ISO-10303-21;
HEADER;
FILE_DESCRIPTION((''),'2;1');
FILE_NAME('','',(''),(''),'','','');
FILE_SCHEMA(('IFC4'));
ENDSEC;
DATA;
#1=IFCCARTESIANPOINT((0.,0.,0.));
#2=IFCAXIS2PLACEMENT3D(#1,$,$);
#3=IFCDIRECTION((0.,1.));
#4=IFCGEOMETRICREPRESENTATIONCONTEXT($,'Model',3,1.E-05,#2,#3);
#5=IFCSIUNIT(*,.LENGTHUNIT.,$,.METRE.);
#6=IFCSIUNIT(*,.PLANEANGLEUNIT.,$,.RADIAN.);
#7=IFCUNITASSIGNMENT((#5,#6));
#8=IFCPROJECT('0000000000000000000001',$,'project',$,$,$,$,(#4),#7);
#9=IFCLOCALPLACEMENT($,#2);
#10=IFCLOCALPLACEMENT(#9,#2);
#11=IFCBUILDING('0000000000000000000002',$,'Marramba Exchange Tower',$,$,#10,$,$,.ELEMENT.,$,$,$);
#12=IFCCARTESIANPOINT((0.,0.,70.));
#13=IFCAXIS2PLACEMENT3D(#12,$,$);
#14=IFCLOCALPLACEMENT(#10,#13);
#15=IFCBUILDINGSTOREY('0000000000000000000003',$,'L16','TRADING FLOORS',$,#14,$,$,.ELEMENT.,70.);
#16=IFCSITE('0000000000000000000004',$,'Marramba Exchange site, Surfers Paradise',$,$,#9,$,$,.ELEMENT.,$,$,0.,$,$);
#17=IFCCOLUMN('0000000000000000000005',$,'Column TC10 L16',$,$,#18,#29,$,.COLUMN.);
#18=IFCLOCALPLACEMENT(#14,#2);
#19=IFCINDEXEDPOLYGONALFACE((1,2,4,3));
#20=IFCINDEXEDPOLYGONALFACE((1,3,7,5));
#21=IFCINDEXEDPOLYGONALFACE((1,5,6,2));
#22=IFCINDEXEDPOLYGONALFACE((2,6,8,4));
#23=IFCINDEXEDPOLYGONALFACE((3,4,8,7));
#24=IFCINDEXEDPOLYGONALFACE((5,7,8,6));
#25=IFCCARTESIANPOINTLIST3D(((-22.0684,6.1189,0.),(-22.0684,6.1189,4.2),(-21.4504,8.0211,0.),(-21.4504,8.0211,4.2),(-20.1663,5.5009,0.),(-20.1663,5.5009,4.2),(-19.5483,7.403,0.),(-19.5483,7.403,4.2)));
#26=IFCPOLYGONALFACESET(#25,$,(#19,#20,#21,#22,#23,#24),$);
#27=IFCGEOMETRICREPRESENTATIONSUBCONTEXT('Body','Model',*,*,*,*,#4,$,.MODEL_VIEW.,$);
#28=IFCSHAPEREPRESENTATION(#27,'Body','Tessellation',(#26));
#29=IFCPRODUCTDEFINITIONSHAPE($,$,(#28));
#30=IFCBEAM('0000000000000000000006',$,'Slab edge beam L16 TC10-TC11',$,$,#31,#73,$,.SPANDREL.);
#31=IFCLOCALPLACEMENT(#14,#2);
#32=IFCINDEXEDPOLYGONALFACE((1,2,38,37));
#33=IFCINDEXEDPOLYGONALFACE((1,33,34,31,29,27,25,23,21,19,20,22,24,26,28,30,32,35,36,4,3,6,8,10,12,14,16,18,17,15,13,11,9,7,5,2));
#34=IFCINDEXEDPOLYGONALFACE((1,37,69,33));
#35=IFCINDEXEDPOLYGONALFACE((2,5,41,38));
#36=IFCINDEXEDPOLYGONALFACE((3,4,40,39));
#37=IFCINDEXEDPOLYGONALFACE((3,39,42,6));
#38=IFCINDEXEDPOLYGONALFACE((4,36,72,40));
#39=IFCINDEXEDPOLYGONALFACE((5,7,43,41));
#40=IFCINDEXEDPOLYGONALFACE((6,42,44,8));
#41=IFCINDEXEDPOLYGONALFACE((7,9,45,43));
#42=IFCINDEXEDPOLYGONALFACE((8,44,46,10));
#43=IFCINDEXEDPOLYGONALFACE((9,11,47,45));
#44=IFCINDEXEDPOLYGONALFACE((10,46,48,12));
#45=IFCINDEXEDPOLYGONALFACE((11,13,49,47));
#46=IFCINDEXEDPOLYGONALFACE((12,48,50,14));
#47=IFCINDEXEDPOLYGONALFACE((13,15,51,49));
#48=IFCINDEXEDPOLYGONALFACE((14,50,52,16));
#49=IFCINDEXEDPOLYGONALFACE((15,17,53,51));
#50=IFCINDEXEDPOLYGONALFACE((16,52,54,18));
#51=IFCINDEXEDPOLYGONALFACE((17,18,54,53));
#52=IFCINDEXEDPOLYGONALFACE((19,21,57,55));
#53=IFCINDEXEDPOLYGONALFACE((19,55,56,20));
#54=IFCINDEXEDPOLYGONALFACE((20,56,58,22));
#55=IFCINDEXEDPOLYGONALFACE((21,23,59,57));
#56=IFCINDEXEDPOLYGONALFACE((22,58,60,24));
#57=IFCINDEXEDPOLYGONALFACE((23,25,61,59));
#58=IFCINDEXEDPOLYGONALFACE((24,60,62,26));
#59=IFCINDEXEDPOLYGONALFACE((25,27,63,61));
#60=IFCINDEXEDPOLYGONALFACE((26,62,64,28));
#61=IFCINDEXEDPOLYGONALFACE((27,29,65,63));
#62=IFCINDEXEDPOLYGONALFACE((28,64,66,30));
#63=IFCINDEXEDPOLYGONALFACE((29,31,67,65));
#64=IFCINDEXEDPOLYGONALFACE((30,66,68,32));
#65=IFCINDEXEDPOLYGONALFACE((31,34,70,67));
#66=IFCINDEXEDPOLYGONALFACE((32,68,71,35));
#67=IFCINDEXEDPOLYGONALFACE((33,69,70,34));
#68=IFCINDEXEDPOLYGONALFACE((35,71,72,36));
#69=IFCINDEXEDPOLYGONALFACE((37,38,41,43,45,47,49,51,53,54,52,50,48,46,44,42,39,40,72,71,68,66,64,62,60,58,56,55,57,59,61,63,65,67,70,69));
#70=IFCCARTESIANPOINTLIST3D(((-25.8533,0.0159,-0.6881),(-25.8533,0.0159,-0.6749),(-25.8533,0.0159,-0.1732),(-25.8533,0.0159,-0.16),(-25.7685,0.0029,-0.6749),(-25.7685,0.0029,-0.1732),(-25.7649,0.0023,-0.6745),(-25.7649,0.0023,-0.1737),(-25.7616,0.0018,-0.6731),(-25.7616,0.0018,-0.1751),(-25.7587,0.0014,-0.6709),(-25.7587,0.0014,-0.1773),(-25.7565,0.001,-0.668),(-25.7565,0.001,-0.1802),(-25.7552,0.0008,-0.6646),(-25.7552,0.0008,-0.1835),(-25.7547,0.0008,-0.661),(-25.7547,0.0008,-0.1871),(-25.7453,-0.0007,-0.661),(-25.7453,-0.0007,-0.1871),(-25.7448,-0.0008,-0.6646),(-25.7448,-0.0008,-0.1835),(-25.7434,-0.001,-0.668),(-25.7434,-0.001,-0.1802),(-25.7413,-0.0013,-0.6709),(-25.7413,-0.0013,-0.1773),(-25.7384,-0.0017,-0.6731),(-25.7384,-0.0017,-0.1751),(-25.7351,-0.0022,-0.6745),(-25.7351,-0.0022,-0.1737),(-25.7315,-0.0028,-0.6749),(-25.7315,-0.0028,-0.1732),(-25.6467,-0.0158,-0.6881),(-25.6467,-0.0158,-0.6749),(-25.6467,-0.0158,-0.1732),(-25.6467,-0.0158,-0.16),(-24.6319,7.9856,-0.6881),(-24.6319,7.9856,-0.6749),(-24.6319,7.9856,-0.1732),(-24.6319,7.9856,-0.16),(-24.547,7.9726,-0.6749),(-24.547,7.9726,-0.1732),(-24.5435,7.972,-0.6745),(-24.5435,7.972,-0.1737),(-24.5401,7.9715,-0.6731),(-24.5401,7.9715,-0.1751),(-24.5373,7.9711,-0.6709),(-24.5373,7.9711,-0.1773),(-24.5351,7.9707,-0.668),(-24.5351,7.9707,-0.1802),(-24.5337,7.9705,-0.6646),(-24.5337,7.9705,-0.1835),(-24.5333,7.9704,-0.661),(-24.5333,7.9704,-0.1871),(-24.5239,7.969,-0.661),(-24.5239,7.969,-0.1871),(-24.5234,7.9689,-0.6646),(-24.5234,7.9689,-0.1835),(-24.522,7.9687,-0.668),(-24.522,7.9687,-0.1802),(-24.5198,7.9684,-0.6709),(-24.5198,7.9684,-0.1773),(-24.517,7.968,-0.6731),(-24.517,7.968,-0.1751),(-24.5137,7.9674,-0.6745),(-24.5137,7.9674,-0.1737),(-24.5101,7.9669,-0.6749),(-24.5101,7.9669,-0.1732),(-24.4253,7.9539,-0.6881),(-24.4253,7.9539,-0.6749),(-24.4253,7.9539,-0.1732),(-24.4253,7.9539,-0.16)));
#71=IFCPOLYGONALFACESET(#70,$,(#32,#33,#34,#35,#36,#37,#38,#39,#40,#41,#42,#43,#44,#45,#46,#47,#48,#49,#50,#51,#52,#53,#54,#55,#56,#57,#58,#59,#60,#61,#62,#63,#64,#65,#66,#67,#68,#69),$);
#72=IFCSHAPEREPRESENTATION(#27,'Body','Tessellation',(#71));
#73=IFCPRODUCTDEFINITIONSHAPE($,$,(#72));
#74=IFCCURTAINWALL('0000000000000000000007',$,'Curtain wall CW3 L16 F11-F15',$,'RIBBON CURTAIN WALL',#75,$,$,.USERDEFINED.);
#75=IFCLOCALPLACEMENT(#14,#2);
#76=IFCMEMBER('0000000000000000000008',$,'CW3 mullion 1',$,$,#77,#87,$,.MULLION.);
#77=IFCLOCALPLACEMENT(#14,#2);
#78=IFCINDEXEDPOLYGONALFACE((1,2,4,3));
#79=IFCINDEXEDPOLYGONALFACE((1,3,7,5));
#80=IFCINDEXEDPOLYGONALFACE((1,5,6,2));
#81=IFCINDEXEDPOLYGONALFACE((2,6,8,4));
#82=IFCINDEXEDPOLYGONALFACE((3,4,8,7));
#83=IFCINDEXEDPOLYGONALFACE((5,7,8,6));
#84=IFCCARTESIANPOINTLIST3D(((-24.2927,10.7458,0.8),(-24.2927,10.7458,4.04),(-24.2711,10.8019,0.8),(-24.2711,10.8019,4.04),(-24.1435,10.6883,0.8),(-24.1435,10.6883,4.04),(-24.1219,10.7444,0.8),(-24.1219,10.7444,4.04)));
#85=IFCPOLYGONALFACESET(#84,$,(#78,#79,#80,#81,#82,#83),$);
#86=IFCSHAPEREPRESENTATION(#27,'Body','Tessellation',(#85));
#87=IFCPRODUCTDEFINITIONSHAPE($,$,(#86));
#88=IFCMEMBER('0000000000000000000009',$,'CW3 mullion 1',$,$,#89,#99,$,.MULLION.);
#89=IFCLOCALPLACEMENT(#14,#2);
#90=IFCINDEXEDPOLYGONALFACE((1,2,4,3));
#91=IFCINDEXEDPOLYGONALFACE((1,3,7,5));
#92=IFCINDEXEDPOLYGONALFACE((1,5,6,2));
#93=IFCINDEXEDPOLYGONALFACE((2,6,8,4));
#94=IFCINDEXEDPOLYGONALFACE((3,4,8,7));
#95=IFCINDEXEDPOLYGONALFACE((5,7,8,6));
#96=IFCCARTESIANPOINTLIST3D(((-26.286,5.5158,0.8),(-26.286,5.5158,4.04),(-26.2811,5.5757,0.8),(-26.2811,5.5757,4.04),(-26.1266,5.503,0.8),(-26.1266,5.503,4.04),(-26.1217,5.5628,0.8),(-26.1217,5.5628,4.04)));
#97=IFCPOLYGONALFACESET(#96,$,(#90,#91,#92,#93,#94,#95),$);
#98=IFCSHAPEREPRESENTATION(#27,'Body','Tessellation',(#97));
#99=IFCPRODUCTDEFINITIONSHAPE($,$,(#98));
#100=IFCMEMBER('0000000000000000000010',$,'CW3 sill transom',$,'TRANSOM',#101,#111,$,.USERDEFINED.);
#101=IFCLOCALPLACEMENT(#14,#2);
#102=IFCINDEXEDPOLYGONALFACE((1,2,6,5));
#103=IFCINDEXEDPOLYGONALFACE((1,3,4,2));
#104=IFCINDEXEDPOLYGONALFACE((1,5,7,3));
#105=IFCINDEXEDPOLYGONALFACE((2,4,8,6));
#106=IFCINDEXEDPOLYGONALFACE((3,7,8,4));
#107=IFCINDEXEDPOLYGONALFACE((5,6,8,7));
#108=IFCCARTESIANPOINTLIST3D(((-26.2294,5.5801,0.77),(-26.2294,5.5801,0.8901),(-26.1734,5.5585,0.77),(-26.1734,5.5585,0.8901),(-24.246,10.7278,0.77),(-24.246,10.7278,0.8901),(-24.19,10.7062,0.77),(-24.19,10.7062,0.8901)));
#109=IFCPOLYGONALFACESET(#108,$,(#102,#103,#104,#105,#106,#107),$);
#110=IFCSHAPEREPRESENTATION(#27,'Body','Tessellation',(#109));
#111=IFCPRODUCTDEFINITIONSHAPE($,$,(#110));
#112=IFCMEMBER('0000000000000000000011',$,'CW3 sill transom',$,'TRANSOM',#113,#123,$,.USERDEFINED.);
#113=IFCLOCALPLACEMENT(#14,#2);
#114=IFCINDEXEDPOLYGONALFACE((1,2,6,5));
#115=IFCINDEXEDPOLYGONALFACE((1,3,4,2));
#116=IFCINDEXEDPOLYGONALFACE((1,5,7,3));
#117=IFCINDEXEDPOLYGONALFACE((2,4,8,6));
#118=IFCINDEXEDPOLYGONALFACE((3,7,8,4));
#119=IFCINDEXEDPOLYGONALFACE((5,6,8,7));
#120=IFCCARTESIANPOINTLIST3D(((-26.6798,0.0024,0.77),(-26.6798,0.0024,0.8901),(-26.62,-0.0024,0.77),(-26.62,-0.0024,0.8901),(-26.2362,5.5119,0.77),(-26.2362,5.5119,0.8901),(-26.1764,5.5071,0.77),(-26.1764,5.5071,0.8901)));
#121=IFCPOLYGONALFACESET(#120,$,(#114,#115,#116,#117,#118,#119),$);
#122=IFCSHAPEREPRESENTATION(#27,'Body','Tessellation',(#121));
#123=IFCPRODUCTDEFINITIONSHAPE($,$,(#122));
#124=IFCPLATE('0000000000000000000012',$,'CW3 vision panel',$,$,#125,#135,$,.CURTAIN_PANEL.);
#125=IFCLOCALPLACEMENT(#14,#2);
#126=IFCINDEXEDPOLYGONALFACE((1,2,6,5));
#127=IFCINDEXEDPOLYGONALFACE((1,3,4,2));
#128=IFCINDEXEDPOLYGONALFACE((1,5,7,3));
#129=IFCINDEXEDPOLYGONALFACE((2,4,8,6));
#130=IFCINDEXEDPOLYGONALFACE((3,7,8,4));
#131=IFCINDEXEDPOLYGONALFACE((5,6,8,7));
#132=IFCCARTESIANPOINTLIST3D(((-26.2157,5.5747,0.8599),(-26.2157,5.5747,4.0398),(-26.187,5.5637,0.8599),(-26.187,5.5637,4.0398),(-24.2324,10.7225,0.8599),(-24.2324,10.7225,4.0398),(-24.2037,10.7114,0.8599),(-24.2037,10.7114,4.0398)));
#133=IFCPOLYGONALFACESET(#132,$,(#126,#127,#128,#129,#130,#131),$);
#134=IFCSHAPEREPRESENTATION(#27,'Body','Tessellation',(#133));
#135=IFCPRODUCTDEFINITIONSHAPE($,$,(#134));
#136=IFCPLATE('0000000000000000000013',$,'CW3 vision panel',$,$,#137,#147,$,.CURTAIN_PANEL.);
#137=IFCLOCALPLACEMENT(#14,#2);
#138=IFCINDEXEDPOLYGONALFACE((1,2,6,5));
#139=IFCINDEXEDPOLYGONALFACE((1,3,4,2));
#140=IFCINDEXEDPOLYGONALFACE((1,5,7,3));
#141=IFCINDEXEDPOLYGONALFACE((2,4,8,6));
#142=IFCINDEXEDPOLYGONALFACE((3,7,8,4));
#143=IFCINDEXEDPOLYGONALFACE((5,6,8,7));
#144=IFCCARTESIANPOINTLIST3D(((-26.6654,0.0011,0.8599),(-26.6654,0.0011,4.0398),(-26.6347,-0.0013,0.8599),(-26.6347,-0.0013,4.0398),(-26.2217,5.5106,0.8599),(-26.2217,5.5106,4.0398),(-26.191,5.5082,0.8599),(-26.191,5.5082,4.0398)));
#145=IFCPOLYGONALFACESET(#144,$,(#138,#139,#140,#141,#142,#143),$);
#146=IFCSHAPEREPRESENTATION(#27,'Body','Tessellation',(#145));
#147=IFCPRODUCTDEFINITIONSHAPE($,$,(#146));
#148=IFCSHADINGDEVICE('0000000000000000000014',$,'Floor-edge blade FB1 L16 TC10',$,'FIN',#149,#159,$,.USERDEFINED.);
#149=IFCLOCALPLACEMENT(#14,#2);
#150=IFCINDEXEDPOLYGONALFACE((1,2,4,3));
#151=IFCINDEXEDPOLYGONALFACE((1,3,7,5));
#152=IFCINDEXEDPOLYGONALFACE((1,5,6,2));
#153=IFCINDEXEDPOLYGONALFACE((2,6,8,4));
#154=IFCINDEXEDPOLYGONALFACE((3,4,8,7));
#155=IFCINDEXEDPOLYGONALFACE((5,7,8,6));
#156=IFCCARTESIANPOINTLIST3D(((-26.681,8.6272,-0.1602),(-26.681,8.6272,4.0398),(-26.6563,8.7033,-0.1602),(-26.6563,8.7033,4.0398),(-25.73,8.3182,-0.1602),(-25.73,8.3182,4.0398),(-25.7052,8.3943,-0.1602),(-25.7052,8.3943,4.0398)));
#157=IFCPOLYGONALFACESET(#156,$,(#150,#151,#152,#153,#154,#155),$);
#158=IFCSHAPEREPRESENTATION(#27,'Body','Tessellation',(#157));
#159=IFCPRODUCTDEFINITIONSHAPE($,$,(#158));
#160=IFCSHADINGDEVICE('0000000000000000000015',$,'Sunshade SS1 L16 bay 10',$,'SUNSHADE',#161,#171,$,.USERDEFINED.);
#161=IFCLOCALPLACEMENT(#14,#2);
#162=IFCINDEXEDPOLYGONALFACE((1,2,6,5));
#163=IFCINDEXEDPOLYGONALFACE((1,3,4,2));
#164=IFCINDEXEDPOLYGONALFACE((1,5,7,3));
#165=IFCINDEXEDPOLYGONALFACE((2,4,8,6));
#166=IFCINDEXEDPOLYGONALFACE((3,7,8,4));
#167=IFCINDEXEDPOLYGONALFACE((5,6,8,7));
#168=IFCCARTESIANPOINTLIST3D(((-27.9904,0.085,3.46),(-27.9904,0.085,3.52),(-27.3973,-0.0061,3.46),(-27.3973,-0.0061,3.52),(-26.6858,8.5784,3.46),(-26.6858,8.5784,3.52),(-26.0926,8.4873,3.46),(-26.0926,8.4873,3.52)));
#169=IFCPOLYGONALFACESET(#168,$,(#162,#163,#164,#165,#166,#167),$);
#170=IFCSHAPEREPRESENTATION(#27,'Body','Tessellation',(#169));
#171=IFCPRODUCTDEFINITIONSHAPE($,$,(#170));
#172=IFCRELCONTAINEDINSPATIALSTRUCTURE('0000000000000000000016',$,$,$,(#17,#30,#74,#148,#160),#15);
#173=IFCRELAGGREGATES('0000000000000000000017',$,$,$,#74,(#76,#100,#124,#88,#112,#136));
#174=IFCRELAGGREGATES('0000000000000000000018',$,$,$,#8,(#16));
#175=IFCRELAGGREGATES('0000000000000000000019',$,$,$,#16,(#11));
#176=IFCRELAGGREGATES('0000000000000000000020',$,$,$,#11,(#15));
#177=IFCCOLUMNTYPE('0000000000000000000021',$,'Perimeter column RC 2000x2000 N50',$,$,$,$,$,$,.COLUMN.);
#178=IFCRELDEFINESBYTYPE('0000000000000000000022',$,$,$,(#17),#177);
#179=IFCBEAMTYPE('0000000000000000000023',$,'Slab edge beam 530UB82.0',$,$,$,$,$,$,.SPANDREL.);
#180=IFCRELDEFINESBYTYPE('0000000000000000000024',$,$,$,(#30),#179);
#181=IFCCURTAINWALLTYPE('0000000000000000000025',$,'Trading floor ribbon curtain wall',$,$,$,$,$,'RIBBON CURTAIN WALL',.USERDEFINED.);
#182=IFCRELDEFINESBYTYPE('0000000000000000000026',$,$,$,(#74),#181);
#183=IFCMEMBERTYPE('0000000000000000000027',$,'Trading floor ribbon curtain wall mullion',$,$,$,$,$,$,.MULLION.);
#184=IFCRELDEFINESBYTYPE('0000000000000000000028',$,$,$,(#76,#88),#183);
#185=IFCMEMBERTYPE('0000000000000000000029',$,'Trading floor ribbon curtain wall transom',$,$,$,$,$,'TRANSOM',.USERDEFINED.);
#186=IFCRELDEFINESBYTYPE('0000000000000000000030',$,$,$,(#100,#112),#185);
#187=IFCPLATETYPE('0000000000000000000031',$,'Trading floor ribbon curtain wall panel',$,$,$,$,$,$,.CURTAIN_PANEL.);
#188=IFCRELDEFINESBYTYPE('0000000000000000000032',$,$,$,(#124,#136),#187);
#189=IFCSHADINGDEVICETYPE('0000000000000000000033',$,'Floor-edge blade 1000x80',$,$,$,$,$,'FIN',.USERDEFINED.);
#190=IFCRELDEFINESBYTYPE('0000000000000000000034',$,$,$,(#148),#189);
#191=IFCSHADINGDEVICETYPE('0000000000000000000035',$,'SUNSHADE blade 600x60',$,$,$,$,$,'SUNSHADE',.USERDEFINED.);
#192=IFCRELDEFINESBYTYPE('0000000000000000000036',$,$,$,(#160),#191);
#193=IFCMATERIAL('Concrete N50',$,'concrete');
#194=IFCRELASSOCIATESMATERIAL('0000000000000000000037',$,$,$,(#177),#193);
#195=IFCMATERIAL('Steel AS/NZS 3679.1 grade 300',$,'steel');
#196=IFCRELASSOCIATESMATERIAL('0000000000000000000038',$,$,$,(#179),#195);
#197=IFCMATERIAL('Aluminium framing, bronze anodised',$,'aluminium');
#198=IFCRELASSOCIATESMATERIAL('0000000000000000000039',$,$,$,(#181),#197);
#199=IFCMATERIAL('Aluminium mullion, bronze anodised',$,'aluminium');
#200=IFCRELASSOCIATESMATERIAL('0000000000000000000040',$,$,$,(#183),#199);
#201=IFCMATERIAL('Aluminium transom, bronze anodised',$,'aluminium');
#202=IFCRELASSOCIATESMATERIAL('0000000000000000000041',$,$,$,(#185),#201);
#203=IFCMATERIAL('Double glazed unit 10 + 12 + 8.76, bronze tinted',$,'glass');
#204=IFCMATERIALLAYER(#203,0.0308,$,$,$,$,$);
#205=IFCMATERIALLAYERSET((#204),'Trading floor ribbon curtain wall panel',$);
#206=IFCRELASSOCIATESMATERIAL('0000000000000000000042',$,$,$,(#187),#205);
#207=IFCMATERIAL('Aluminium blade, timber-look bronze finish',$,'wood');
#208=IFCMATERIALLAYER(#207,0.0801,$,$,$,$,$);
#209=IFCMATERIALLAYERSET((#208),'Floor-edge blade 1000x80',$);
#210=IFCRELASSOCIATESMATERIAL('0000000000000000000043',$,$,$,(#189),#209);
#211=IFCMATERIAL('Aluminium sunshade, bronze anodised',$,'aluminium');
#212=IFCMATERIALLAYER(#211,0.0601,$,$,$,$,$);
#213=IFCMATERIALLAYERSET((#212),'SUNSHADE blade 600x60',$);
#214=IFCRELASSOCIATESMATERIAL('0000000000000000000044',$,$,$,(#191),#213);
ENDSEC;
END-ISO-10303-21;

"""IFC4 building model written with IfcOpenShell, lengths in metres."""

from ifc_helpers import new_model, si_unit, direction, frame, origin, origin_2d, place, context, subcontext, project, spatial, rectangle, i_section, extrude, material, layer, layer_set, material_profile, profile_set, type_object, element, aggregate, save


model = new_model("IFC4")

# Units and contexts
model_context = context("Model", 3, precision=1e-05, world=origin(), true_north=direction((0.0, 1.0)))
body_context = subcontext(model_context, "Body", "Model", "MODEL_VIEW")
ifc_project = project(units=[si_unit("LENGTHUNIT", "METRE"), si_unit("PLANEANGLEUNIT", "RADIAN")], contexts=[model_context])

# Site, building, storey
site_placement = place(None, origin())
site = spatial("IfcSite", under=ifc_project, at=site_placement, Name="Marramba Exchange site, Surfers Paradise", CompositionType="ELEMENT", RefElevation=0.0)
building_placement = place(site_placement, origin())
building = spatial("IfcBuilding", under=site, at=building_placement, Name="Marramba Exchange Tower", CompositionType="ELEMENT")
storey_placement = place(building_placement, frame((0.0, 0.0, 70.0)))
storey = spatial("IfcBuildingStorey", under=building, at=storey_placement, Name="L16", Description="TRADING FLOORS", CompositionType="ELEMENT", Elevation=70.0)

# Column
ifc_material_1 = material(Name="Concrete N50", Category="concrete")
ifc_material_profile_1 = material_profile(ifc_material_1, rectangle(XDim=2.0, YDim=2.0, at=origin_2d()), Name="RC 2000x2000")
ifc_profile_set_1 = profile_set([ifc_material_profile_1], Name="Concrete N50")
column_type = type_object("IfcColumnType", Name="Perimeter column RC 2000x2000 N50", PredefinedType="COLUMN", material=ifc_profile_set_1)
column_placement = place(storey_placement, frame((-20.8083, 6.761, 0.0), z_axis=(0.0, 0.0, 1.0), x_axis=(-0.951057, 0.309017, 0.0)))
element("IfcColumn", 1, at=column_placement, inside=storey, type_object=column_type, Name="Column TC10 L16", PredefinedType="COLUMN", context=body_context, shape_type="SweptSolid", body=[
    extrude(rectangle(XDim=2.0, YDim=2.0, at=origin_2d()), origin(), (0.0, 0.0, 1.0), 4.2),
])

# Beam
ifc_material_2 = material(Name="Steel AS/NZS 3679.1 grade 300", Category="steel")
ifc_material_profile_2 = material_profile(ifc_material_2, i_section(OverallWidth=0.209, OverallDepth=0.5281, WebThickness=0.0095, FlangeThickness=0.0132, FilletRadius=0.0139, at=origin_2d()), Name="530UB82.0")
ifc_profile_set_2 = profile_set([ifc_material_profile_2], Name="Steel AS/NZS 3679.1 grade 300")
beam_type = type_object("IfcBeamType", Name="Slab edge beam 530UB82.0", PredefinedType="SPANDREL", material=ifc_profile_set_2)
beam_placement = place(storey_placement, frame((-24.5286, 7.9697, -0.4241), z_axis=(-0.151491, -0.988459, 0.0), x_axis=(0.988459, -0.151491, 0.0)))
element("IfcBeam", 2, at=beam_placement, inside=storey, type_object=beam_type, Name="Slab edge beam L16 TC10-TC11", PredefinedType="SPANDREL", context=body_context, shape_type="SweptSolid", body=[
    extrude(i_section(OverallWidth=0.209, OverallDepth=0.5281, WebThickness=0.0095, FlangeThickness=0.0132, FilletRadius=0.0139, at=origin_2d()), origin(), (0.0, 0.0, 1.0), 8.0627),
])

# Curtain wall, members, plates
ifc_material_3 = material(Name="Aluminium framing, bronze anodised", Category="aluminium")
curtain_wall_type = type_object("IfcCurtainWallType", Name="Trading floor ribbon curtain wall", ElementType="RIBBON CURTAIN WALL", PredefinedType="USERDEFINED", material=ifc_material_3)
curtain_wall_placement = place(storey_placement, origin())
curtain_wall = element("IfcCurtainWall", 3, at=curtain_wall_placement, inside=storey, type_object=curtain_wall_type, Name="Curtain wall CW3 L16 F11-F15", ObjectType="RIBBON CURTAIN WALL", PredefinedType="USERDEFINED")
ifc_material_4 = material(Name="Aluminium mullion, bronze anodised", Category="aluminium")
ifc_material_profile_3 = material_profile(ifc_material_4, rectangle(XDim=0.1599, YDim=0.0601, at=origin_2d()), Name="CW3 mullion 60x160")
ifc_profile_set_3 = profile_set([ifc_material_profile_3], Name="Aluminium mullion, bronze anodised")
member_type_1 = type_object("IfcMemberType", Name="Trading floor ribbon curtain wall mullion", PredefinedType="MULLION", material=ifc_profile_set_3)
member_1_placement = place(storey_placement, frame((-24.2073, 10.7451, 0.8), z_axis=(0.0, 0.0, 1.0), x_axis=(0.933135, -0.359526, 0.0)))
member_1 = element("IfcMember", 4, at=member_1_placement, type_object=member_type_1, Name="CW3 mullion 1", PredefinedType="MULLION", context=body_context, shape_type="SweptSolid", body=[
    extrude(rectangle(XDim=0.1599, YDim=0.0601, at=origin_2d()), origin(), (0.0, 0.0, 1.0), 3.24),
])
member_2_placement = place(storey_placement, frame((-26.2039, 5.5393, 0.8), z_axis=(0.0, 0.0, 1.0), x_axis=(0.996773, -0.080275, 0.0)))
member_2 = element("IfcMember", 5, at=member_2_placement, type_object=member_type_1, Name="CW3 mullion 1", PredefinedType="MULLION", context=body_context, shape_type="SweptSolid", body=[
    extrude(rectangle(XDim=0.1599, YDim=0.0601, at=origin_2d()), origin(), (0.0, 0.0, 1.0), 3.24),
])
ifc_material_5 = material(Name="Aluminium transom, bronze anodised", Category="aluminium")
ifc_material_profile_4 = material_profile(ifc_material_5, rectangle(XDim=0.0601, YDim=0.1201, at=origin_2d()), Name="CW3 transom 60x120")
ifc_profile_set_4 = profile_set([ifc_material_profile_4], Name="Aluminium transom, bronze anodised")
member_type_2 = type_object("IfcMemberType", Name="Trading floor ribbon curtain wall transom", ElementType="TRANSOM", PredefinedType="USERDEFINED", material=ifc_profile_set_4)
member_3_placement = place(storey_placement, frame((-24.218, 10.717, 0.8301), z_axis=(-0.359534, -0.933132, 0.0), x_axis=(0.933132, -0.359534, 0.0)))
member_3 = element("IfcMember", 6, at=member_3_placement, type_object=member_type_2, Name="CW3 sill transom", ObjectType="TRANSOM", PredefinedType="USERDEFINED", context=body_context, shape_type="SweptSolid", body=[
    extrude(rectangle(XDim=0.0601, YDim=0.1201, at=origin_2d()), origin(), (0.0, 0.0, 1.0), 5.5166),
])
member_4_placement = place(storey_placement, frame((-26.2063, 5.5095, 0.8301), z_axis=(-0.080256, -0.996774, 0.0), x_axis=(0.996774, -0.080256, 0.0)))
member_4 = element("IfcMember", 7, at=member_4_placement, type_object=member_type_2, Name="CW3 sill transom", ObjectType="TRANSOM", PredefinedType="USERDEFINED", context=body_context, shape_type="SweptSolid", body=[
    extrude(rectangle(XDim=0.0601, YDim=0.1201, at=origin_2d()), origin(), (0.0, 0.0, 1.0), 5.5273),
])
ifc_material_6 = material(Name="Double glazed unit 10 + 12 + 8.76, bronze tinted", Category="glass")
ifc_layer_1 = layer(ifc_material_6, 0.0308)
ifc_layer_set_1 = layer_set([ifc_layer_1], Name="Trading floor ribbon curtain wall panel")
plate_type = type_object("IfcPlateType", Name="Trading floor ribbon curtain wall panel", PredefinedType="CURTAIN_PANEL", material=ifc_layer_set_1)
plate_1_placement = place(storey_placement, frame((-25.2097, 8.1431, 0.8599), z_axis=(0.0, 0.0, 1.0), x_axis=(-0.359526, -0.933135, 0.0)))
plate_1 = element("IfcPlate", 8, at=plate_1_placement, type_object=plate_type, Name="CW3 vision panel", PredefinedType="CURTAIN_PANEL", context=body_context, shape_type="SweptSolid", body=[
    extrude(rectangle(XDim=5.5166, YDim=0.0308, at=origin_2d()), origin(), (0.0, 0.0, 1.0), 3.1799),
])
plate_2_placement = place(storey_placement, frame((-26.4282, 2.7546, 0.8599), z_axis=(0.0, 0.0, 1.0), x_axis=(-0.080275, -0.996773, 0.0)))
plate_2 = element("IfcPlate", 9, at=plate_2_placement, type_object=plate_type, Name="CW3 vision panel", PredefinedType="CURTAIN_PANEL", context=body_context, shape_type="SweptSolid", body=[
    extrude(rectangle(XDim=5.5273, YDim=0.0308, at=origin_2d()), origin(), (0.0, 0.0, 1.0), 3.1799),
])
aggregate(curtain_wall, [member_1, member_3, plate_1, member_2, member_4, plate_2])

# Shading devices
ifc_material_7 = material(Name="Aluminium blade, timber-look bronze finish", Category="wood")
ifc_layer_2 = layer(ifc_material_7, 0.0801)
ifc_layer_set_2 = layer_set([ifc_layer_2], Name="Floor-edge blade 1000x80")
shading_device_type_1 = type_object("IfcShadingDeviceType", Name="Floor-edge blade 1000x80", ElementType="FIN", PredefinedType="USERDEFINED", material=ifc_layer_set_2)
shading_device_1_placement = place(storey_placement, frame((-26.1931, 8.5107, -0.1602), z_axis=(0.0, 0.0, 1.0), x_axis=(-0.951057, 0.309017, 0.0)))
element("IfcShadingDevice", 10, at=shading_device_1_placement, inside=storey, type_object=shading_device_type_1, Name="Floor-edge blade FB1 L16 TC10", ObjectType="FIN", PredefinedType="USERDEFINED", context=body_context, shape_type="SweptSolid", body=[
    extrude(rectangle(XDim=1.0, YDim=0.0801, at=origin_2d()), origin(), (0.0, 0.0, 1.0), 4.2),
])
ifc_material_8 = material(Name="Aluminium sunshade, bronze anodised", Category="aluminium")
ifc_layer_3 = layer(ifc_material_8, 0.0601)
ifc_layer_set_3 = layer_set([ifc_layer_3], Name="SUNSHADE blade 600x60")
shading_device_type_2 = type_object("IfcShadingDeviceType", Name="SUNSHADE blade 600x60", ElementType="SUNSHADE", PredefinedType="USERDEFINED", material=ifc_layer_set_3)
shading_device_2_placement = place(storey_placement, frame((-27.0415, 4.2861, 3.46), z_axis=(0.0, 0.0, 1.0), x_axis=(-0.151825, -0.988407, 0.0)))
element("IfcShadingDevice", 11, at=shading_device_2_placement, inside=storey, type_object=shading_device_type_2, Name="Sunshade SS1 L16 bay 10", ObjectType="SUNSHADE", PredefinedType="USERDEFINED", context=body_context, shape_type="SweptSolid", body=[
    extrude(rectangle(XDim=8.593, YDim=0.6001, at=origin_2d()), origin(), (0.0, 0.0, 1.0), 0.0601),
])

save(model, "model.ifc")
